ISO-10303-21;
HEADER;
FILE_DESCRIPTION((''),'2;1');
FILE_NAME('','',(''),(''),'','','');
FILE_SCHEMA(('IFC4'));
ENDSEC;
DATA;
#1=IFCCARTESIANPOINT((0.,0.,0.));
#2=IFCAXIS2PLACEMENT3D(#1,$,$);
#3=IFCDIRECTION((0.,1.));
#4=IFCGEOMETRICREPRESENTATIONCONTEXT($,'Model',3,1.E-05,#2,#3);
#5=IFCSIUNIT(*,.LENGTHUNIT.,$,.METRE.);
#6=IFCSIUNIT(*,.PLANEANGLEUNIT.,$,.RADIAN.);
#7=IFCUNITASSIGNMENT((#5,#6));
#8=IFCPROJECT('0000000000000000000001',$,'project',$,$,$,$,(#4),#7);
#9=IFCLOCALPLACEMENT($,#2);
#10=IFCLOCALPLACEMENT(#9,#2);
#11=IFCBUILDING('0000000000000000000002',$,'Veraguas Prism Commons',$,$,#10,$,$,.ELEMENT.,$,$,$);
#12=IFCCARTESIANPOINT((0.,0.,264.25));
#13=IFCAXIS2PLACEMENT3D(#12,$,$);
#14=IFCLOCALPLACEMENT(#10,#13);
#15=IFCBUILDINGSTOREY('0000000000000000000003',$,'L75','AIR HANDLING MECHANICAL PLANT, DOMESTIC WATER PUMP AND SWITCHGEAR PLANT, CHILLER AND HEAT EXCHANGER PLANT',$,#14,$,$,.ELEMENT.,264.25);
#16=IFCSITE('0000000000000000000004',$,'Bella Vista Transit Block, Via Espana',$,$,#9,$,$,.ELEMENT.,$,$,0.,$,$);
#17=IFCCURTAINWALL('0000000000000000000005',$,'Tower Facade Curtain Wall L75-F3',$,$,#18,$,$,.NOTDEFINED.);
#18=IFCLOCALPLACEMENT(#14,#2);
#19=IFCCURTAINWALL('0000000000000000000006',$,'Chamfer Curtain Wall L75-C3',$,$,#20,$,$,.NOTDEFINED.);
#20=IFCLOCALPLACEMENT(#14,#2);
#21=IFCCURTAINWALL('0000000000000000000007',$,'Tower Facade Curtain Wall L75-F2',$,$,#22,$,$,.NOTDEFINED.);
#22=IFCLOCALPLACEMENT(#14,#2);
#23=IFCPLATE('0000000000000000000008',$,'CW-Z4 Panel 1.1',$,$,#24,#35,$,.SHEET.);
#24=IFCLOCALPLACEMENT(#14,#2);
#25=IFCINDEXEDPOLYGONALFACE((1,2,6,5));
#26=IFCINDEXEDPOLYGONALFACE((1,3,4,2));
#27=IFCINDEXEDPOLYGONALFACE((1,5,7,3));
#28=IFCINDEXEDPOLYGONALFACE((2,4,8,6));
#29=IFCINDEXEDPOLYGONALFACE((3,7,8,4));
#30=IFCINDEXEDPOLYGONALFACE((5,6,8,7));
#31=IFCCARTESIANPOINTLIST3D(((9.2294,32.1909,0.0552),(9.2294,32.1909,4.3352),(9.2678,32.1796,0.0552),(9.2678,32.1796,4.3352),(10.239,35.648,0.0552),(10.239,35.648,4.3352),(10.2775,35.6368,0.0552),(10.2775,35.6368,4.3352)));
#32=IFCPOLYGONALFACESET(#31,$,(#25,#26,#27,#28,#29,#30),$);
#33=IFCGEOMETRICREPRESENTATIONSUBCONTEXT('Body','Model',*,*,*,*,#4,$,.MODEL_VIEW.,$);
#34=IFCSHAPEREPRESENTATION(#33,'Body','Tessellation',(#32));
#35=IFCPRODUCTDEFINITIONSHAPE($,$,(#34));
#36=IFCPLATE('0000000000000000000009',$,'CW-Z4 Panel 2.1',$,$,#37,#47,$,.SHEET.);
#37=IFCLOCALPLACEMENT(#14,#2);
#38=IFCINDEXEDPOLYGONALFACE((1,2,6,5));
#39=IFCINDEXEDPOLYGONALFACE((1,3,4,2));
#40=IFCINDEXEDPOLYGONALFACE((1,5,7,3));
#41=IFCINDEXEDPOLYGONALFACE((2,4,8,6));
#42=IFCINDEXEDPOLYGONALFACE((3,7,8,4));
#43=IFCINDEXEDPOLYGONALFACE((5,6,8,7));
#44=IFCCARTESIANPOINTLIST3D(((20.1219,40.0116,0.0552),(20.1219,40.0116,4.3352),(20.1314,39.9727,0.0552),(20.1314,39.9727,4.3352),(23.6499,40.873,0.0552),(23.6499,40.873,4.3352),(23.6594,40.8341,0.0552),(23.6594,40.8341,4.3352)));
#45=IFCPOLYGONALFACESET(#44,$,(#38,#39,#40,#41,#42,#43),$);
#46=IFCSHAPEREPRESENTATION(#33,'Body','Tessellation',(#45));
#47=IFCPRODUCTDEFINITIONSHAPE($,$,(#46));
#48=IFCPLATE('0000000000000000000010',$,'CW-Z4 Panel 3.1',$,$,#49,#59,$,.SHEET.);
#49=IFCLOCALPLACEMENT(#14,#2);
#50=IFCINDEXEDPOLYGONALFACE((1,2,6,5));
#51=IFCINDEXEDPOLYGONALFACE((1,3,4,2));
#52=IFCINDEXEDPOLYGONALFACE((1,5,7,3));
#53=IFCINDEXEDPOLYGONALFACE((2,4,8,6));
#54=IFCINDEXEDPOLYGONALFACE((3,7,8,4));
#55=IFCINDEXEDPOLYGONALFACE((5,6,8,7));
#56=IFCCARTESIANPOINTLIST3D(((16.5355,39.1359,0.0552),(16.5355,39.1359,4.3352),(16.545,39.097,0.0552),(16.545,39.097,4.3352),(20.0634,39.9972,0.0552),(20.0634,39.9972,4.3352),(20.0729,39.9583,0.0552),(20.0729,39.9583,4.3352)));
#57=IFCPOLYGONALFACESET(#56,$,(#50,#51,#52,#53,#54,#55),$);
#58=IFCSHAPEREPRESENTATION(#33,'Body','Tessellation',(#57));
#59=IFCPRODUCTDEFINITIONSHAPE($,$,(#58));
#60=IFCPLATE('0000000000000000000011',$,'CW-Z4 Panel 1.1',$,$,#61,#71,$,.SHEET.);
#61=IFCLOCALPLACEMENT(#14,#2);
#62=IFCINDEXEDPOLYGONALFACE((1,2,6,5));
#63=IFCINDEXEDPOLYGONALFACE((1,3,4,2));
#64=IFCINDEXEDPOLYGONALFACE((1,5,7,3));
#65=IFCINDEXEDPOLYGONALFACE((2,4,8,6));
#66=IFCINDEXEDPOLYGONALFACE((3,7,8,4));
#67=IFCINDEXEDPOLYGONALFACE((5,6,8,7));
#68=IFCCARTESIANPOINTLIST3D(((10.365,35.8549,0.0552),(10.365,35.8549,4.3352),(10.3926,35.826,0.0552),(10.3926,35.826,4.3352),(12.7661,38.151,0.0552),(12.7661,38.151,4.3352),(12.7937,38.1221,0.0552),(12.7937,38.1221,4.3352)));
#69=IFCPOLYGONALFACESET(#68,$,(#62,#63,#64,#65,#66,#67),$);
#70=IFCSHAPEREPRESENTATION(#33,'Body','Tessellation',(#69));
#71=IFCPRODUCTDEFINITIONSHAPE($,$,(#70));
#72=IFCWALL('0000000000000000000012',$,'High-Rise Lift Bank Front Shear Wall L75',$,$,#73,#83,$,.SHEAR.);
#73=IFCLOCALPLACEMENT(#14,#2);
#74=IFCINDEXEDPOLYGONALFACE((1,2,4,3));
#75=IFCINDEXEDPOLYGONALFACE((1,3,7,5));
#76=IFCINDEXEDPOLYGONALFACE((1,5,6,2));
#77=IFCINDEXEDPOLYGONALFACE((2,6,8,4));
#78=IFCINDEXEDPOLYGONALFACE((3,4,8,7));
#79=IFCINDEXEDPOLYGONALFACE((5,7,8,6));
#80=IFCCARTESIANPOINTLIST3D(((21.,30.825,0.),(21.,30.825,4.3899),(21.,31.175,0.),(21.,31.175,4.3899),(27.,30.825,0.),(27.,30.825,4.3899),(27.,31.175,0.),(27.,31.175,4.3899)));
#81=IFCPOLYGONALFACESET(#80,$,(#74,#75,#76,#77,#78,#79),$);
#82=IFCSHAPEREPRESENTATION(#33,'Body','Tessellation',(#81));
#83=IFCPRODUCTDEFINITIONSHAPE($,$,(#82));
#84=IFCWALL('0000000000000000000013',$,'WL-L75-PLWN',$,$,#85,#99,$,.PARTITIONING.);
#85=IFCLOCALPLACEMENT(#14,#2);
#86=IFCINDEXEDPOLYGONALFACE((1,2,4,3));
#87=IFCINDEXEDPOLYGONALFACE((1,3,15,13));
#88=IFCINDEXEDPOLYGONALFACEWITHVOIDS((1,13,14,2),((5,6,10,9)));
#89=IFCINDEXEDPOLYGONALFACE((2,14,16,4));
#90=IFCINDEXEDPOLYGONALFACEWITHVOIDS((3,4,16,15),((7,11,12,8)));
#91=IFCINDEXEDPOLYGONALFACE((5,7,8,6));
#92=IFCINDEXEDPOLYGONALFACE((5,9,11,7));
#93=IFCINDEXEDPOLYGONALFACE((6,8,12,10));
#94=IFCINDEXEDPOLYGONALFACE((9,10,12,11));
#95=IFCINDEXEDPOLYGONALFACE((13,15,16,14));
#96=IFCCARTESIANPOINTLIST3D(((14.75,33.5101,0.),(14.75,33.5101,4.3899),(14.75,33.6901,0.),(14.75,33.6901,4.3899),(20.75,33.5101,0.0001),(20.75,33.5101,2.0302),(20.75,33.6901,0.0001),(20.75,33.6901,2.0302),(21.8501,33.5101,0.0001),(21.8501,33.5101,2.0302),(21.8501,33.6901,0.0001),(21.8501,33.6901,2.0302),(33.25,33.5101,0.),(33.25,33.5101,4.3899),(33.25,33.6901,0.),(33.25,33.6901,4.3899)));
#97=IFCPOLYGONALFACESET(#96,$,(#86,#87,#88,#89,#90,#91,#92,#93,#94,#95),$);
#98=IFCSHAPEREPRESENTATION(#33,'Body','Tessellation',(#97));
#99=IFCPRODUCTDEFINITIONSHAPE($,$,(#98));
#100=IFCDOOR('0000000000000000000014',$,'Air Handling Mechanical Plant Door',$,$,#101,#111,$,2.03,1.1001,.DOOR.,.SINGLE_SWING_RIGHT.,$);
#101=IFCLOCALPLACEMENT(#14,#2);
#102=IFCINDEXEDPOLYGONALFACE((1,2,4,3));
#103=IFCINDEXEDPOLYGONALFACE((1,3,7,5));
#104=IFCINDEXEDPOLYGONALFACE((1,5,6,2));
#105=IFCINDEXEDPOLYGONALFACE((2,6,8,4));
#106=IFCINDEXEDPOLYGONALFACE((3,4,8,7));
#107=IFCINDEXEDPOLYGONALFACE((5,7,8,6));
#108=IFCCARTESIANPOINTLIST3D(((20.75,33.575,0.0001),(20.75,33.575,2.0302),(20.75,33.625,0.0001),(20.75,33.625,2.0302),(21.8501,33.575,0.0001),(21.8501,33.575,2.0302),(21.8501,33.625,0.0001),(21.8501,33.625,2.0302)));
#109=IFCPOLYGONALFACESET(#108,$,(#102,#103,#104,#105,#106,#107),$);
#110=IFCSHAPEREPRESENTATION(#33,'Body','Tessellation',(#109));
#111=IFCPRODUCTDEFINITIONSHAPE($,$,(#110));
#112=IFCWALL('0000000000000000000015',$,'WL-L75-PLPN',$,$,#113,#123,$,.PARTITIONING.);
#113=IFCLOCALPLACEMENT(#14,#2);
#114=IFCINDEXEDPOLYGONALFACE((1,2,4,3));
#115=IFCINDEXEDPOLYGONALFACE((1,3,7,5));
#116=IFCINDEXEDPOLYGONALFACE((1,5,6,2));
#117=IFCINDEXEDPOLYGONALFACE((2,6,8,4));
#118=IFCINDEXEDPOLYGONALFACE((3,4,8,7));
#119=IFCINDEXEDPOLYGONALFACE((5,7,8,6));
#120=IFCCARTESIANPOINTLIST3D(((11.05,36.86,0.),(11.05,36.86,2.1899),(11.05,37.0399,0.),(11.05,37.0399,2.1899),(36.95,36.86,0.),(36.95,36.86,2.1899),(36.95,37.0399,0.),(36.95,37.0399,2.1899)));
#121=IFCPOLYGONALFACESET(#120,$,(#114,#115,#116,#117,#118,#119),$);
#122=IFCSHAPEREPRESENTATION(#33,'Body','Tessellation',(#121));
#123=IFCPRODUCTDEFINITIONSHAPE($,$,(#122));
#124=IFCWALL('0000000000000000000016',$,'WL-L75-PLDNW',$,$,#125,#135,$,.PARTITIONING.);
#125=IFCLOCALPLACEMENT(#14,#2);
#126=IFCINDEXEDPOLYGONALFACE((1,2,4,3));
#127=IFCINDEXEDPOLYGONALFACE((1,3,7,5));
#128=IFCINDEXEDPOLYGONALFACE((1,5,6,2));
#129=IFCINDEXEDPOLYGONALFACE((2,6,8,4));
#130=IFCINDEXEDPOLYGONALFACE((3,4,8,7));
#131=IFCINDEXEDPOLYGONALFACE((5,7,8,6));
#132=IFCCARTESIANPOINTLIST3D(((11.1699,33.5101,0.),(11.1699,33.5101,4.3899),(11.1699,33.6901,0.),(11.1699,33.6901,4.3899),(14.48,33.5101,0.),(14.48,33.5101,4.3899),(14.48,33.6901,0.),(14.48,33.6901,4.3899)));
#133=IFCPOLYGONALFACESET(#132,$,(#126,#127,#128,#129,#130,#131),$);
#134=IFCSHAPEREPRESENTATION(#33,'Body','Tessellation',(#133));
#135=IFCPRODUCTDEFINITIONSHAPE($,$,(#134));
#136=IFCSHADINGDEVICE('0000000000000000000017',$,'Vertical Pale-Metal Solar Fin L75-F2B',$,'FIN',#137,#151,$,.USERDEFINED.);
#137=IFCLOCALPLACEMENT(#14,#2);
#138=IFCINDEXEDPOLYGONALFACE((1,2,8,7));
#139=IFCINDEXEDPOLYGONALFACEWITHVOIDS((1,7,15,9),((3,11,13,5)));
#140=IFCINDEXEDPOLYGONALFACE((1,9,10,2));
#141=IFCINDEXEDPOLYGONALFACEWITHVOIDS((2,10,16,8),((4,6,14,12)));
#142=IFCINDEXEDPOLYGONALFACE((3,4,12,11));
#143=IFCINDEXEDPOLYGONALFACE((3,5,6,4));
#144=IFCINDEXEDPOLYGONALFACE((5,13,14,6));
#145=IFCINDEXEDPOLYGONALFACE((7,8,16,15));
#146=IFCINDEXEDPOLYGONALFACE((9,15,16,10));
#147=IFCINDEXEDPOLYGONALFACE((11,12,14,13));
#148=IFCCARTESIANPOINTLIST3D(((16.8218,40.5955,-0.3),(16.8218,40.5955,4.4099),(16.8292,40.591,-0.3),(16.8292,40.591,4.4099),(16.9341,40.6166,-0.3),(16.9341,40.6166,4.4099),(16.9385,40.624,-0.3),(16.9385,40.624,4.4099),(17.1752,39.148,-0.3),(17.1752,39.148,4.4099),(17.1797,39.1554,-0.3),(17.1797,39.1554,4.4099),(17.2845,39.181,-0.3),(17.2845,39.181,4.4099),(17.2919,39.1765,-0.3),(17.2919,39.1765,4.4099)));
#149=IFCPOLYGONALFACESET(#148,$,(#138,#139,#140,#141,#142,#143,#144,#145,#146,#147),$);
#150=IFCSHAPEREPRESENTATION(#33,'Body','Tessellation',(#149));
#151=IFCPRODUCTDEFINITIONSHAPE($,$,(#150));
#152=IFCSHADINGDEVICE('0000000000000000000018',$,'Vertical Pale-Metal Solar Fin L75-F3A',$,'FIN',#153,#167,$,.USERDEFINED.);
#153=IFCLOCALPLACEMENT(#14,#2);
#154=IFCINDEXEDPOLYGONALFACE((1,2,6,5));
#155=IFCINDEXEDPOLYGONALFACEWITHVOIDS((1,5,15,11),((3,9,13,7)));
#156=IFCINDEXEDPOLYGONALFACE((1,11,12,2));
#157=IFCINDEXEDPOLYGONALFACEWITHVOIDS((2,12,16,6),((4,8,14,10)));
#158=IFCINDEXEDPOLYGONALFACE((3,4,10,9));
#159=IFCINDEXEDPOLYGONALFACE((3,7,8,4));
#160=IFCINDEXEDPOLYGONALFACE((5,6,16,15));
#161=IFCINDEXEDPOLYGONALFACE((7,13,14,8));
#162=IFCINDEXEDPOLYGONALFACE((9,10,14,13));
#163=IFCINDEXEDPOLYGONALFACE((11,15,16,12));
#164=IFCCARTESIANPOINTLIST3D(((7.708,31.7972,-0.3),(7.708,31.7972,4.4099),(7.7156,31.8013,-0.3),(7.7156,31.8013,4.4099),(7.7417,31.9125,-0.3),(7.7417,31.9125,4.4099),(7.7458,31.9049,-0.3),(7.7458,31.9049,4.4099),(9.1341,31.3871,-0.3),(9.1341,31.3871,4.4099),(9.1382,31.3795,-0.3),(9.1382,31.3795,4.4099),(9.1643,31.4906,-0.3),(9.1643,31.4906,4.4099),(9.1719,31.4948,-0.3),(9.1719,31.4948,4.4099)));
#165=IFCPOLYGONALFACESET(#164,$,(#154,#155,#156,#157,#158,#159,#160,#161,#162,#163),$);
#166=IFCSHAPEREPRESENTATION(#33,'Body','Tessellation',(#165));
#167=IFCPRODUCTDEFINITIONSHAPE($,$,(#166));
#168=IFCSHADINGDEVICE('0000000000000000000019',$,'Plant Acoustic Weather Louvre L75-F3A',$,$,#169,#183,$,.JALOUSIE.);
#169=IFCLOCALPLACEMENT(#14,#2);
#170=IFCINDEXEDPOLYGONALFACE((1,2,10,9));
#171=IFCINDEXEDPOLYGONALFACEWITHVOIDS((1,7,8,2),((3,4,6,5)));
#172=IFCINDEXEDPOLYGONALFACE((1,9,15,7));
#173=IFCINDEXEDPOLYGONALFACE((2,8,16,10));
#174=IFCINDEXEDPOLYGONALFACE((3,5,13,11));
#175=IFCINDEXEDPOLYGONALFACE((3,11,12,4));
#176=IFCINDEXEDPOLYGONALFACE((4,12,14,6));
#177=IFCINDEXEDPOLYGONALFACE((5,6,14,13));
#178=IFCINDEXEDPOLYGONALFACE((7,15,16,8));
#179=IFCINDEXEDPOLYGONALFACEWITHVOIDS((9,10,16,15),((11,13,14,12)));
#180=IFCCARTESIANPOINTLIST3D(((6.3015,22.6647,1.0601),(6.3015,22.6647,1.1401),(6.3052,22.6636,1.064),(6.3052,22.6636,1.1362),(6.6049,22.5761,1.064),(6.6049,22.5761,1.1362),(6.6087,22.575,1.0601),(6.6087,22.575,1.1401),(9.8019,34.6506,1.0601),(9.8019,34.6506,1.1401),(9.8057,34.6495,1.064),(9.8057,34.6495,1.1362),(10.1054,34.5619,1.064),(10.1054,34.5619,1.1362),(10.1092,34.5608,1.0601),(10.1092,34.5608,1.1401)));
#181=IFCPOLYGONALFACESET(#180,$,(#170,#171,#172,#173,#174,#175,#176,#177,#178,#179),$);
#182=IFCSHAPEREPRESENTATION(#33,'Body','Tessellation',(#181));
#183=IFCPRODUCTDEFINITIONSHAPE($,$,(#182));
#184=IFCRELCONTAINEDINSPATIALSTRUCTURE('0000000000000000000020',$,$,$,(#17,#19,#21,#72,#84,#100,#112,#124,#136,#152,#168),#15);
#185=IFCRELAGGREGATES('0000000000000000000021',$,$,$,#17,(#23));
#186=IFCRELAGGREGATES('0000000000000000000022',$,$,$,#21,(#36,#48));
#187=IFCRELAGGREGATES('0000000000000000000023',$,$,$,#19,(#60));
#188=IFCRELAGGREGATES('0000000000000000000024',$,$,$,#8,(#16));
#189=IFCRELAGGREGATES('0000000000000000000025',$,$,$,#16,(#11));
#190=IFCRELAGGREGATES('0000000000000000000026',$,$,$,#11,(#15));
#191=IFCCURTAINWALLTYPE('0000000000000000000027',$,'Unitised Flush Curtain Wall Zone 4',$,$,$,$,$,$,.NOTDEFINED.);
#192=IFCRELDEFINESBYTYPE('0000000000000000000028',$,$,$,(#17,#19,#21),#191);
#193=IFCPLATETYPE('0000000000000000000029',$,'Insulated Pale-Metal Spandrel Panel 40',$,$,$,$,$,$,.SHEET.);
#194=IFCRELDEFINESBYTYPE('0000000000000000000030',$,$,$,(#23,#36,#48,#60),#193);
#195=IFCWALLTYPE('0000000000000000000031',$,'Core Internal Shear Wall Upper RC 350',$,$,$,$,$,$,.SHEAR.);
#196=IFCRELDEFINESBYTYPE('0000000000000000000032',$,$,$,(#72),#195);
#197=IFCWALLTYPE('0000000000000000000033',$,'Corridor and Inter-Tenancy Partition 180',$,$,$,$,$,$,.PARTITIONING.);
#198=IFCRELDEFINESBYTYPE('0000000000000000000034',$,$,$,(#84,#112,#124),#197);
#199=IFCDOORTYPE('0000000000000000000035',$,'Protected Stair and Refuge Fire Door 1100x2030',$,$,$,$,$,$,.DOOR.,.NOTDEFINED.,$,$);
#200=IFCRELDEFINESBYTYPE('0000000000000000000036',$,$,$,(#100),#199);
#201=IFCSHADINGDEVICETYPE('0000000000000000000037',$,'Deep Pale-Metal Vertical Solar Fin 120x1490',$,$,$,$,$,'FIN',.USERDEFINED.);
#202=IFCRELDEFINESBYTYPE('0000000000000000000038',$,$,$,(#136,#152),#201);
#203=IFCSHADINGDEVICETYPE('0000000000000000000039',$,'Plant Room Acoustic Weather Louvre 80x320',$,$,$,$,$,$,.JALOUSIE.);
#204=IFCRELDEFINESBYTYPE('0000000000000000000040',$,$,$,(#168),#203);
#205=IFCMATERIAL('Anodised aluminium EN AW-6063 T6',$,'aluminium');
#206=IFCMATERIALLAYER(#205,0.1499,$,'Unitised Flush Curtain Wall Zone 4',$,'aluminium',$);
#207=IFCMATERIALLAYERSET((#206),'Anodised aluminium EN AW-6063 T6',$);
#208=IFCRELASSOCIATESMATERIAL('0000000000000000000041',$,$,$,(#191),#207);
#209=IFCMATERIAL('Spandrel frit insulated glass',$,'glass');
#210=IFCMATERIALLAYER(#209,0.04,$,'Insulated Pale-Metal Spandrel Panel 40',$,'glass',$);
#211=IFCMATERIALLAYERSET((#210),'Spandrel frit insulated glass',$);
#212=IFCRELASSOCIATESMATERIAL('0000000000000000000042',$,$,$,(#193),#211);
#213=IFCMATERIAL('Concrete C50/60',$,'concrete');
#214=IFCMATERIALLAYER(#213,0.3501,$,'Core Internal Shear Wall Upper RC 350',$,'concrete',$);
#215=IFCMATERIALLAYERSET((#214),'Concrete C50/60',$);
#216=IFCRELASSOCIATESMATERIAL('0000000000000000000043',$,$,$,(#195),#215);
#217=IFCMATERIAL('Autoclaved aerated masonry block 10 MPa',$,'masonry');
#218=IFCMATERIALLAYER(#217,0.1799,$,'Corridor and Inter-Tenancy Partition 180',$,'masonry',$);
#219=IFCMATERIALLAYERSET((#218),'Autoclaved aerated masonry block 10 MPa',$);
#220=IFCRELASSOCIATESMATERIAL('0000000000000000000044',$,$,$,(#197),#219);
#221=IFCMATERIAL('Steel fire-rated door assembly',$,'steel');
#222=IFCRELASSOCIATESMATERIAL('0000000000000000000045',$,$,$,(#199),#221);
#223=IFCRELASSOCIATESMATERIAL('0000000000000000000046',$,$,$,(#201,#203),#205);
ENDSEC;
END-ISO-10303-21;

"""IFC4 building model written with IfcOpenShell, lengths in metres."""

from ifc_helpers import new_model, si_unit, direction, frame, frame_2d, origin, origin_2d, place, context, subcontext, project, spatial, rectangle, hollow_rectangle, extrude, source, transform, mapped, material, layer, layer_set, material_profile, profile_set, type_object, element, fill, aggregate, save


model = new_model("IFC4")

# Units and contexts
model_context = context("Model", 3, precision=1e-05, world=origin(), true_north=direction((0.0, 1.0)))
body_context = subcontext(model_context, "Body", "Model", "MODEL_VIEW")
ifc_project = project(units=[si_unit("LENGTHUNIT", "METRE"), si_unit("PLANEANGLEUNIT", "RADIAN")], contexts=[model_context])

# Site, building, storey
site_placement = place(None, origin())
site = spatial("IfcSite", under=ifc_project, at=site_placement, Name="Bella Vista Transit Block, Via Espana", CompositionType="ELEMENT", RefElevation=0.0)
building_placement = place(site_placement, origin())
building = spatial("IfcBuilding", under=site, at=building_placement, Name="Veraguas Prism Commons", CompositionType="ELEMENT")
storey_placement = place(building_placement, frame((0.0, 0.0, 264.25)))
storey = spatial("IfcBuildingStorey", under=building, at=storey_placement, Name="L75", Description="AIR HANDLING MECHANICAL PLANT, DOMESTIC WATER PUMP AND SWITCHGEAR PLANT, CHILLER AND HEAT EXCHANGER PLANT", CompositionType="ELEMENT", Elevation=264.25)

# Shared definitions
ifc_material_1 = material(Name="Concrete C50/60", Category="concrete")

# Curtain walls
ifc_material_2 = material(Name="Anodised aluminium EN AW-6063 T6", Category="aluminium")
ifc_layer_1 = layer(ifc_material_2, 0.1499, Name="Unitised Flush Curtain Wall Zone 4", Category="aluminium")
ifc_layer_set_1 = layer_set([ifc_layer_1], Name="Anodised aluminium EN AW-6063 T6")
curtain_wall_type = type_object("IfcCurtainWallType", Name="Unitised Flush Curtain Wall Zone 4", PredefinedType="NOTDEFINED", material=ifc_layer_set_1)
curtain_wall_1_placement = place(storey_placement, origin())
curtain_wall_1 = element("IfcCurtainWall", 1, at=curtain_wall_1_placement, inside=storey, type_object=curtain_wall_type, Name="Tower Facade Curtain Wall L75-F3", PredefinedType="NOTDEFINED")
curtain_wall_2_placement = place(storey_placement, origin())
curtain_wall_2 = element("IfcCurtainWall", 2, at=curtain_wall_2_placement, inside=storey, type_object=curtain_wall_type, Name="Chamfer Curtain Wall L75-C3", PredefinedType="NOTDEFINED")
curtain_wall_3_placement = place(storey_placement, origin())
curtain_wall_3 = element("IfcCurtainWall", 3, at=curtain_wall_3_placement, inside=storey, type_object=curtain_wall_type, Name="Tower Facade Curtain Wall L75-F2", PredefinedType="NOTDEFINED")

# Plates
ifc_material_3 = material(Name="Spandrel frit insulated glass", Category="glass")
ifc_layer_2 = layer(ifc_material_3, 0.04, Name="Insulated Pale-Metal Spandrel Panel 40", Category="glass")
ifc_layer_set_2 = layer_set([ifc_layer_2], Name="Spandrel frit insulated glass")
plate_type_1 = type_object("IfcPlateType", Name="Insulated Pale-Metal Spandrel Panel 40", PredefinedType="SHEET", material=ifc_layer_set_2)
shared_shape_1 = source(origin(), body_context, "Body", "SweptSolid", [
    extrude(rectangle(XDim=3.6016, YDim=0.04, at=origin_2d()), origin(), (0.0, 0.0, 1.0), 4.28),
])
plate_1_placement = place(storey_placement, frame((9.7534, 33.9138, 0.0552), z_axis=(0.0, 0.0, 1.0), x_axis=(-0.280338, -0.959901, 0.0)))
plate_1 = element("IfcPlate", 4, at=plate_1_placement, type_object=plate_type_1, Name="CW-Z4 Panel 1.1", PredefinedType="SHEET", context=body_context, shape_type="MappedRepresentation", body=[
    mapped(shared_shape_1, transform((0.0, 0.0, 0.0), scale=1.0)),
])
aggregate(curtain_wall_1, [plate_1])
shared_shape_2 = source(origin(), body_context, "Body", "SweptSolid", [
    extrude(rectangle(XDim=3.6316, YDim=0.04, at=origin_2d()), origin(), (0.0, 0.0, 1.0), 4.28),
])
plate_2_placement = place(storey_placement, frame((21.8906, 40.4229, 0.0552), z_axis=(0.0, 0.0, 1.0), x_axis=(-0.971466, -0.237181, 0.0)))
plate_2 = element("IfcPlate", 5, at=plate_2_placement, type_object=plate_type_1, Name="CW-Z4 Panel 2.1", PredefinedType="SHEET", context=body_context, shape_type="MappedRepresentation", body=[
    mapped(shared_shape_2, transform((0.0, 0.0, 0.0), scale=1.0)),
])
plate_3_placement = place(storey_placement, frame((18.3042, 39.5471, 0.0552), z_axis=(0.0, 0.0, 1.0), x_axis=(-0.971466, -0.237181, 0.0)))
plate_3 = element("IfcPlate", 6, at=plate_3_placement, type_object=plate_type_1, Name="CW-Z4 Panel 3.1", PredefinedType="SHEET", context=body_context, shape_type="MappedRepresentation", body=[
    mapped(shared_shape_2, transform((0.0, 0.0, 0.0), scale=1.0)),
])
aggregate(curtain_wall_3, [plate_2, plate_3])
shared_shape_3 = source(origin(), body_context, "Body", "SweptSolid", [
    extrude(rectangle(XDim=3.3223, YDim=0.04, at=origin_2d()), origin(), (0.0, 0.0, 1.0), 4.28),
])
plate_4_placement = place(storey_placement, frame((11.5793, 36.9885, 0.0552), z_axis=(0.0, 0.0, 1.0), x_axis=(-0.722733, -0.691127, 0.0)))
plate_4 = element("IfcPlate", 7, at=plate_4_placement, type_object=plate_type_1, Name="CW-Z4 Panel 1.1", PredefinedType="SHEET", context=body_context, shape_type="MappedRepresentation", body=[
    mapped(shared_shape_3, transform((0.0, 0.0, 0.0), scale=1.0)),
])
aggregate(curtain_wall_2, [plate_4])

# Wall
ifc_layer_3 = layer(ifc_material_1, 0.3501, Name="Core Internal Shear Wall Upper RC 350", Category="concrete")
ifc_layer_set_3 = layer_set([ifc_layer_3], Name="Concrete C50/60")
wall_type_1 = type_object("IfcWallType", Name="Core Internal Shear Wall Upper RC 350", PredefinedType="SHEAR", material=ifc_layer_set_3)
wall_1_placement = place(storey_placement, frame((21.0, 31.0, 0.0), z_axis=(0.0, 0.0, 1.0), x_axis=(1.0, 0.0, 0.0)))
element("IfcWall", 8, at=wall_1_placement, inside=storey, type_object=wall_type_1, Name="High-Rise Lift Bank Front Shear Wall L75", PredefinedType="SHEAR", context=body_context, shape_type="SweptSolid", body=[
    extrude(rectangle(XDim=6.0, YDim=0.3501, at=frame_2d((3.0, 0.0))), origin(), (0.0, 0.0, 1.0), 4.3899),
])

# Wall, opening, door
ifc_material_4 = material(Name="Autoclaved aerated masonry block 10 MPa", Category="masonry")
ifc_layer_4 = layer(ifc_material_4, 0.1799, Name="Corridor and Inter-Tenancy Partition 180", Category="masonry")
ifc_layer_set_4 = layer_set([ifc_layer_4], Name="Autoclaved aerated masonry block 10 MPa")
wall_type_2 = type_object("IfcWallType", Name="Corridor and Inter-Tenancy Partition 180", PredefinedType="PARTITIONING", material=ifc_layer_set_4)
wall_2_placement = place(storey_placement, frame((14.75, 33.6001, 0.0), z_axis=(0.0, 0.0, 1.0), x_axis=(1.0, 0.0, 0.0)))
wall_2 = element("IfcWall", 9, at=wall_2_placement, inside=storey, type_object=wall_type_2, Name="WL-L75-PLWN", PredefinedType="PARTITIONING", context=body_context, shape_type="SweptSolid", body=[
    extrude(rectangle(XDim=18.5, YDim=0.1799, at=frame_2d((9.25, 0.0))), origin(), (0.0, 0.0, 1.0), 4.3899),
])
opening_placement = place(wall_2_placement, frame((6.0, 0.0, 0.0)))
opening = element("IfcOpeningElement", 10, at=opening_placement, cuts=wall_2, PredefinedType="OPENING", context=body_context, shape_type="SweptSolid", body=[
    extrude(rectangle(XDim=1.1001, YDim=2.03, at=frame_2d((0.55, 1.0151))), frame((0.0, 0.0999, 0.0), z_axis=(0.0, -1.0, 0.0), x_axis=(1.0, 0.0, 0.0)), (0.0, 0.0, 1.0), 0.2),
])
ifc_material_5 = material(Name="Steel fire-rated door assembly", Category="steel")
door_type = type_object("IfcDoorType", Name="Protected Stair and Refuge Fire Door 1100x2030", OperationType="NOTDEFINED", PredefinedType="DOOR", material=ifc_material_5)
shared_shape_4 = source(origin(), body_context, "Body", "SweptSolid", [
    extrude(rectangle(XDim=1.1001, YDim=2.03, at=frame_2d((0.55, 1.0151))), frame((0.0, 0.0249, 0.0), z_axis=(0.0, -1.0, 0.0), x_axis=(1.0, 0.0, 0.0)), (0.0, 0.0, 1.0), 0.05),
])
door_placement = place(opening_placement, origin())
door = element("IfcDoor", 11, at=door_placement, inside=storey, type_object=door_type, Name="Air Handling Mechanical Plant Door", OperationType="SINGLE_SWING_RIGHT", OverallHeight=2.03, OverallWidth=1.1001, PredefinedType="DOOR", context=body_context, shape_type="MappedRepresentation", body=[
    mapped(shared_shape_4, transform((0.0, 0.0, 0.0), scale=1.0)),
])
fill(opening, door)

# Walls
wall_3_placement = place(storey_placement, frame((11.05, 36.95, 0.0), z_axis=(0.0, 0.0, 1.0), x_axis=(1.0, 0.0, 0.0)))
element("IfcWall", 12, at=wall_3_placement, inside=storey, type_object=wall_type_2, Name="WL-L75-PLPN", PredefinedType="PARTITIONING", context=body_context, shape_type="SweptSolid", body=[
    extrude(rectangle(XDim=25.8999, YDim=0.1799, at=frame_2d((12.95, 0.0))), origin(), (0.0, 0.0, 1.0), 2.1899),
])
wall_4_placement = place(storey_placement, frame((11.1699, 33.6001, 0.0), z_axis=(0.0, 0.0, 1.0), x_axis=(1.0, 0.0, 0.0)))
element("IfcWall", 13, at=wall_4_placement, inside=storey, type_object=wall_type_2, Name="WL-L75-PLDNW", PredefinedType="PARTITIONING", context=body_context, shape_type="SweptSolid", body=[
    extrude(rectangle(XDim=3.3101, YDim=0.1799, at=frame_2d((1.655, 0.0))), origin(), (0.0, 0.0, 1.0), 4.3899),
])

# Shading devices
ifc_material_profile_1 = material_profile(ifc_material_2, hollow_rectangle(XDim=0.1201, YDim=1.49, WallThickness=0.0061, at=origin_2d()), Name="FIN120X1490X6")
ifc_profile_set_1 = profile_set([ifc_material_profile_1], Name="Anodised aluminium EN AW-6063 T6")
shading_device_type_1 = type_object("IfcShadingDeviceType", Name="Deep Pale-Metal Vertical Solar Fin 120x1490", ElementType="FIN", PredefinedType="USERDEFINED", material=ifc_profile_set_1)
for number, where, z_axis, x_axis, name in (
    (14, (17.0569, 39.886, -0.3), (0.0, 0.0, 1.0), (-0.971466, -0.237177, 0.0), "Vertical Pale-Metal Solar Fin L75-F2B"),
    (15, (8.4399, 31.646, -0.3), (0.0, 0.0, 1.0), (-0.280337, -0.959902, 0.0), "Vertical Pale-Metal Solar Fin L75-F3A"),
):
    element("IfcShadingDevice", number, at=place(storey_placement, frame(where, z_axis=z_axis, x_axis=x_axis)), inside=storey, type_object=shading_device_type_1, Name=name, ObjectType="FIN", PredefinedType="USERDEFINED", context=body_context, shape_type="SweptSolid", body=[
        extrude(hollow_rectangle(XDim=0.1201, YDim=1.49, WallThickness=0.0061, at=origin_2d()), origin(), (0.0, 0.0, 1.0), 4.71),
    ])
ifc_material_profile_2 = material_profile(ifc_material_2, hollow_rectangle(XDim=0.0801, YDim=0.3201, WallThickness=0.0039, at=origin_2d()), Name="LVR80X320X4")
ifc_profile_set_2 = profile_set([ifc_material_profile_2], Name="Anodised aluminium EN AW-6063 T6")
shading_device_type_2 = type_object("IfcShadingDeviceType", Name="Plant Room Acoustic Weather Louvre 80x320", PredefinedType="JALOUSIE", material=ifc_profile_set_2)
for number, where, z_axis, x_axis, name in (
    (16, (9.9556, 34.6057, 1.1001), (-0.280341, -0.959901, 0.0), (0.0, 0.0, 1.0), "Plant Acoustic Weather Louvre L75-F3A"),
):
    element("IfcShadingDevice", number, at=place(storey_placement, frame(where, z_axis=z_axis, x_axis=x_axis)), inside=storey, type_object=shading_device_type_2, Name=name, PredefinedType="JALOUSIE", context=body_context, shape_type="SweptSolid", body=[
        extrude(hollow_rectangle(XDim=0.0801, YDim=0.3201, WallThickness=0.0039, at=origin_2d()), origin(), (0.0, 0.0, 1.0), 12.4866),
    ])

save(model, "model.ifc")
